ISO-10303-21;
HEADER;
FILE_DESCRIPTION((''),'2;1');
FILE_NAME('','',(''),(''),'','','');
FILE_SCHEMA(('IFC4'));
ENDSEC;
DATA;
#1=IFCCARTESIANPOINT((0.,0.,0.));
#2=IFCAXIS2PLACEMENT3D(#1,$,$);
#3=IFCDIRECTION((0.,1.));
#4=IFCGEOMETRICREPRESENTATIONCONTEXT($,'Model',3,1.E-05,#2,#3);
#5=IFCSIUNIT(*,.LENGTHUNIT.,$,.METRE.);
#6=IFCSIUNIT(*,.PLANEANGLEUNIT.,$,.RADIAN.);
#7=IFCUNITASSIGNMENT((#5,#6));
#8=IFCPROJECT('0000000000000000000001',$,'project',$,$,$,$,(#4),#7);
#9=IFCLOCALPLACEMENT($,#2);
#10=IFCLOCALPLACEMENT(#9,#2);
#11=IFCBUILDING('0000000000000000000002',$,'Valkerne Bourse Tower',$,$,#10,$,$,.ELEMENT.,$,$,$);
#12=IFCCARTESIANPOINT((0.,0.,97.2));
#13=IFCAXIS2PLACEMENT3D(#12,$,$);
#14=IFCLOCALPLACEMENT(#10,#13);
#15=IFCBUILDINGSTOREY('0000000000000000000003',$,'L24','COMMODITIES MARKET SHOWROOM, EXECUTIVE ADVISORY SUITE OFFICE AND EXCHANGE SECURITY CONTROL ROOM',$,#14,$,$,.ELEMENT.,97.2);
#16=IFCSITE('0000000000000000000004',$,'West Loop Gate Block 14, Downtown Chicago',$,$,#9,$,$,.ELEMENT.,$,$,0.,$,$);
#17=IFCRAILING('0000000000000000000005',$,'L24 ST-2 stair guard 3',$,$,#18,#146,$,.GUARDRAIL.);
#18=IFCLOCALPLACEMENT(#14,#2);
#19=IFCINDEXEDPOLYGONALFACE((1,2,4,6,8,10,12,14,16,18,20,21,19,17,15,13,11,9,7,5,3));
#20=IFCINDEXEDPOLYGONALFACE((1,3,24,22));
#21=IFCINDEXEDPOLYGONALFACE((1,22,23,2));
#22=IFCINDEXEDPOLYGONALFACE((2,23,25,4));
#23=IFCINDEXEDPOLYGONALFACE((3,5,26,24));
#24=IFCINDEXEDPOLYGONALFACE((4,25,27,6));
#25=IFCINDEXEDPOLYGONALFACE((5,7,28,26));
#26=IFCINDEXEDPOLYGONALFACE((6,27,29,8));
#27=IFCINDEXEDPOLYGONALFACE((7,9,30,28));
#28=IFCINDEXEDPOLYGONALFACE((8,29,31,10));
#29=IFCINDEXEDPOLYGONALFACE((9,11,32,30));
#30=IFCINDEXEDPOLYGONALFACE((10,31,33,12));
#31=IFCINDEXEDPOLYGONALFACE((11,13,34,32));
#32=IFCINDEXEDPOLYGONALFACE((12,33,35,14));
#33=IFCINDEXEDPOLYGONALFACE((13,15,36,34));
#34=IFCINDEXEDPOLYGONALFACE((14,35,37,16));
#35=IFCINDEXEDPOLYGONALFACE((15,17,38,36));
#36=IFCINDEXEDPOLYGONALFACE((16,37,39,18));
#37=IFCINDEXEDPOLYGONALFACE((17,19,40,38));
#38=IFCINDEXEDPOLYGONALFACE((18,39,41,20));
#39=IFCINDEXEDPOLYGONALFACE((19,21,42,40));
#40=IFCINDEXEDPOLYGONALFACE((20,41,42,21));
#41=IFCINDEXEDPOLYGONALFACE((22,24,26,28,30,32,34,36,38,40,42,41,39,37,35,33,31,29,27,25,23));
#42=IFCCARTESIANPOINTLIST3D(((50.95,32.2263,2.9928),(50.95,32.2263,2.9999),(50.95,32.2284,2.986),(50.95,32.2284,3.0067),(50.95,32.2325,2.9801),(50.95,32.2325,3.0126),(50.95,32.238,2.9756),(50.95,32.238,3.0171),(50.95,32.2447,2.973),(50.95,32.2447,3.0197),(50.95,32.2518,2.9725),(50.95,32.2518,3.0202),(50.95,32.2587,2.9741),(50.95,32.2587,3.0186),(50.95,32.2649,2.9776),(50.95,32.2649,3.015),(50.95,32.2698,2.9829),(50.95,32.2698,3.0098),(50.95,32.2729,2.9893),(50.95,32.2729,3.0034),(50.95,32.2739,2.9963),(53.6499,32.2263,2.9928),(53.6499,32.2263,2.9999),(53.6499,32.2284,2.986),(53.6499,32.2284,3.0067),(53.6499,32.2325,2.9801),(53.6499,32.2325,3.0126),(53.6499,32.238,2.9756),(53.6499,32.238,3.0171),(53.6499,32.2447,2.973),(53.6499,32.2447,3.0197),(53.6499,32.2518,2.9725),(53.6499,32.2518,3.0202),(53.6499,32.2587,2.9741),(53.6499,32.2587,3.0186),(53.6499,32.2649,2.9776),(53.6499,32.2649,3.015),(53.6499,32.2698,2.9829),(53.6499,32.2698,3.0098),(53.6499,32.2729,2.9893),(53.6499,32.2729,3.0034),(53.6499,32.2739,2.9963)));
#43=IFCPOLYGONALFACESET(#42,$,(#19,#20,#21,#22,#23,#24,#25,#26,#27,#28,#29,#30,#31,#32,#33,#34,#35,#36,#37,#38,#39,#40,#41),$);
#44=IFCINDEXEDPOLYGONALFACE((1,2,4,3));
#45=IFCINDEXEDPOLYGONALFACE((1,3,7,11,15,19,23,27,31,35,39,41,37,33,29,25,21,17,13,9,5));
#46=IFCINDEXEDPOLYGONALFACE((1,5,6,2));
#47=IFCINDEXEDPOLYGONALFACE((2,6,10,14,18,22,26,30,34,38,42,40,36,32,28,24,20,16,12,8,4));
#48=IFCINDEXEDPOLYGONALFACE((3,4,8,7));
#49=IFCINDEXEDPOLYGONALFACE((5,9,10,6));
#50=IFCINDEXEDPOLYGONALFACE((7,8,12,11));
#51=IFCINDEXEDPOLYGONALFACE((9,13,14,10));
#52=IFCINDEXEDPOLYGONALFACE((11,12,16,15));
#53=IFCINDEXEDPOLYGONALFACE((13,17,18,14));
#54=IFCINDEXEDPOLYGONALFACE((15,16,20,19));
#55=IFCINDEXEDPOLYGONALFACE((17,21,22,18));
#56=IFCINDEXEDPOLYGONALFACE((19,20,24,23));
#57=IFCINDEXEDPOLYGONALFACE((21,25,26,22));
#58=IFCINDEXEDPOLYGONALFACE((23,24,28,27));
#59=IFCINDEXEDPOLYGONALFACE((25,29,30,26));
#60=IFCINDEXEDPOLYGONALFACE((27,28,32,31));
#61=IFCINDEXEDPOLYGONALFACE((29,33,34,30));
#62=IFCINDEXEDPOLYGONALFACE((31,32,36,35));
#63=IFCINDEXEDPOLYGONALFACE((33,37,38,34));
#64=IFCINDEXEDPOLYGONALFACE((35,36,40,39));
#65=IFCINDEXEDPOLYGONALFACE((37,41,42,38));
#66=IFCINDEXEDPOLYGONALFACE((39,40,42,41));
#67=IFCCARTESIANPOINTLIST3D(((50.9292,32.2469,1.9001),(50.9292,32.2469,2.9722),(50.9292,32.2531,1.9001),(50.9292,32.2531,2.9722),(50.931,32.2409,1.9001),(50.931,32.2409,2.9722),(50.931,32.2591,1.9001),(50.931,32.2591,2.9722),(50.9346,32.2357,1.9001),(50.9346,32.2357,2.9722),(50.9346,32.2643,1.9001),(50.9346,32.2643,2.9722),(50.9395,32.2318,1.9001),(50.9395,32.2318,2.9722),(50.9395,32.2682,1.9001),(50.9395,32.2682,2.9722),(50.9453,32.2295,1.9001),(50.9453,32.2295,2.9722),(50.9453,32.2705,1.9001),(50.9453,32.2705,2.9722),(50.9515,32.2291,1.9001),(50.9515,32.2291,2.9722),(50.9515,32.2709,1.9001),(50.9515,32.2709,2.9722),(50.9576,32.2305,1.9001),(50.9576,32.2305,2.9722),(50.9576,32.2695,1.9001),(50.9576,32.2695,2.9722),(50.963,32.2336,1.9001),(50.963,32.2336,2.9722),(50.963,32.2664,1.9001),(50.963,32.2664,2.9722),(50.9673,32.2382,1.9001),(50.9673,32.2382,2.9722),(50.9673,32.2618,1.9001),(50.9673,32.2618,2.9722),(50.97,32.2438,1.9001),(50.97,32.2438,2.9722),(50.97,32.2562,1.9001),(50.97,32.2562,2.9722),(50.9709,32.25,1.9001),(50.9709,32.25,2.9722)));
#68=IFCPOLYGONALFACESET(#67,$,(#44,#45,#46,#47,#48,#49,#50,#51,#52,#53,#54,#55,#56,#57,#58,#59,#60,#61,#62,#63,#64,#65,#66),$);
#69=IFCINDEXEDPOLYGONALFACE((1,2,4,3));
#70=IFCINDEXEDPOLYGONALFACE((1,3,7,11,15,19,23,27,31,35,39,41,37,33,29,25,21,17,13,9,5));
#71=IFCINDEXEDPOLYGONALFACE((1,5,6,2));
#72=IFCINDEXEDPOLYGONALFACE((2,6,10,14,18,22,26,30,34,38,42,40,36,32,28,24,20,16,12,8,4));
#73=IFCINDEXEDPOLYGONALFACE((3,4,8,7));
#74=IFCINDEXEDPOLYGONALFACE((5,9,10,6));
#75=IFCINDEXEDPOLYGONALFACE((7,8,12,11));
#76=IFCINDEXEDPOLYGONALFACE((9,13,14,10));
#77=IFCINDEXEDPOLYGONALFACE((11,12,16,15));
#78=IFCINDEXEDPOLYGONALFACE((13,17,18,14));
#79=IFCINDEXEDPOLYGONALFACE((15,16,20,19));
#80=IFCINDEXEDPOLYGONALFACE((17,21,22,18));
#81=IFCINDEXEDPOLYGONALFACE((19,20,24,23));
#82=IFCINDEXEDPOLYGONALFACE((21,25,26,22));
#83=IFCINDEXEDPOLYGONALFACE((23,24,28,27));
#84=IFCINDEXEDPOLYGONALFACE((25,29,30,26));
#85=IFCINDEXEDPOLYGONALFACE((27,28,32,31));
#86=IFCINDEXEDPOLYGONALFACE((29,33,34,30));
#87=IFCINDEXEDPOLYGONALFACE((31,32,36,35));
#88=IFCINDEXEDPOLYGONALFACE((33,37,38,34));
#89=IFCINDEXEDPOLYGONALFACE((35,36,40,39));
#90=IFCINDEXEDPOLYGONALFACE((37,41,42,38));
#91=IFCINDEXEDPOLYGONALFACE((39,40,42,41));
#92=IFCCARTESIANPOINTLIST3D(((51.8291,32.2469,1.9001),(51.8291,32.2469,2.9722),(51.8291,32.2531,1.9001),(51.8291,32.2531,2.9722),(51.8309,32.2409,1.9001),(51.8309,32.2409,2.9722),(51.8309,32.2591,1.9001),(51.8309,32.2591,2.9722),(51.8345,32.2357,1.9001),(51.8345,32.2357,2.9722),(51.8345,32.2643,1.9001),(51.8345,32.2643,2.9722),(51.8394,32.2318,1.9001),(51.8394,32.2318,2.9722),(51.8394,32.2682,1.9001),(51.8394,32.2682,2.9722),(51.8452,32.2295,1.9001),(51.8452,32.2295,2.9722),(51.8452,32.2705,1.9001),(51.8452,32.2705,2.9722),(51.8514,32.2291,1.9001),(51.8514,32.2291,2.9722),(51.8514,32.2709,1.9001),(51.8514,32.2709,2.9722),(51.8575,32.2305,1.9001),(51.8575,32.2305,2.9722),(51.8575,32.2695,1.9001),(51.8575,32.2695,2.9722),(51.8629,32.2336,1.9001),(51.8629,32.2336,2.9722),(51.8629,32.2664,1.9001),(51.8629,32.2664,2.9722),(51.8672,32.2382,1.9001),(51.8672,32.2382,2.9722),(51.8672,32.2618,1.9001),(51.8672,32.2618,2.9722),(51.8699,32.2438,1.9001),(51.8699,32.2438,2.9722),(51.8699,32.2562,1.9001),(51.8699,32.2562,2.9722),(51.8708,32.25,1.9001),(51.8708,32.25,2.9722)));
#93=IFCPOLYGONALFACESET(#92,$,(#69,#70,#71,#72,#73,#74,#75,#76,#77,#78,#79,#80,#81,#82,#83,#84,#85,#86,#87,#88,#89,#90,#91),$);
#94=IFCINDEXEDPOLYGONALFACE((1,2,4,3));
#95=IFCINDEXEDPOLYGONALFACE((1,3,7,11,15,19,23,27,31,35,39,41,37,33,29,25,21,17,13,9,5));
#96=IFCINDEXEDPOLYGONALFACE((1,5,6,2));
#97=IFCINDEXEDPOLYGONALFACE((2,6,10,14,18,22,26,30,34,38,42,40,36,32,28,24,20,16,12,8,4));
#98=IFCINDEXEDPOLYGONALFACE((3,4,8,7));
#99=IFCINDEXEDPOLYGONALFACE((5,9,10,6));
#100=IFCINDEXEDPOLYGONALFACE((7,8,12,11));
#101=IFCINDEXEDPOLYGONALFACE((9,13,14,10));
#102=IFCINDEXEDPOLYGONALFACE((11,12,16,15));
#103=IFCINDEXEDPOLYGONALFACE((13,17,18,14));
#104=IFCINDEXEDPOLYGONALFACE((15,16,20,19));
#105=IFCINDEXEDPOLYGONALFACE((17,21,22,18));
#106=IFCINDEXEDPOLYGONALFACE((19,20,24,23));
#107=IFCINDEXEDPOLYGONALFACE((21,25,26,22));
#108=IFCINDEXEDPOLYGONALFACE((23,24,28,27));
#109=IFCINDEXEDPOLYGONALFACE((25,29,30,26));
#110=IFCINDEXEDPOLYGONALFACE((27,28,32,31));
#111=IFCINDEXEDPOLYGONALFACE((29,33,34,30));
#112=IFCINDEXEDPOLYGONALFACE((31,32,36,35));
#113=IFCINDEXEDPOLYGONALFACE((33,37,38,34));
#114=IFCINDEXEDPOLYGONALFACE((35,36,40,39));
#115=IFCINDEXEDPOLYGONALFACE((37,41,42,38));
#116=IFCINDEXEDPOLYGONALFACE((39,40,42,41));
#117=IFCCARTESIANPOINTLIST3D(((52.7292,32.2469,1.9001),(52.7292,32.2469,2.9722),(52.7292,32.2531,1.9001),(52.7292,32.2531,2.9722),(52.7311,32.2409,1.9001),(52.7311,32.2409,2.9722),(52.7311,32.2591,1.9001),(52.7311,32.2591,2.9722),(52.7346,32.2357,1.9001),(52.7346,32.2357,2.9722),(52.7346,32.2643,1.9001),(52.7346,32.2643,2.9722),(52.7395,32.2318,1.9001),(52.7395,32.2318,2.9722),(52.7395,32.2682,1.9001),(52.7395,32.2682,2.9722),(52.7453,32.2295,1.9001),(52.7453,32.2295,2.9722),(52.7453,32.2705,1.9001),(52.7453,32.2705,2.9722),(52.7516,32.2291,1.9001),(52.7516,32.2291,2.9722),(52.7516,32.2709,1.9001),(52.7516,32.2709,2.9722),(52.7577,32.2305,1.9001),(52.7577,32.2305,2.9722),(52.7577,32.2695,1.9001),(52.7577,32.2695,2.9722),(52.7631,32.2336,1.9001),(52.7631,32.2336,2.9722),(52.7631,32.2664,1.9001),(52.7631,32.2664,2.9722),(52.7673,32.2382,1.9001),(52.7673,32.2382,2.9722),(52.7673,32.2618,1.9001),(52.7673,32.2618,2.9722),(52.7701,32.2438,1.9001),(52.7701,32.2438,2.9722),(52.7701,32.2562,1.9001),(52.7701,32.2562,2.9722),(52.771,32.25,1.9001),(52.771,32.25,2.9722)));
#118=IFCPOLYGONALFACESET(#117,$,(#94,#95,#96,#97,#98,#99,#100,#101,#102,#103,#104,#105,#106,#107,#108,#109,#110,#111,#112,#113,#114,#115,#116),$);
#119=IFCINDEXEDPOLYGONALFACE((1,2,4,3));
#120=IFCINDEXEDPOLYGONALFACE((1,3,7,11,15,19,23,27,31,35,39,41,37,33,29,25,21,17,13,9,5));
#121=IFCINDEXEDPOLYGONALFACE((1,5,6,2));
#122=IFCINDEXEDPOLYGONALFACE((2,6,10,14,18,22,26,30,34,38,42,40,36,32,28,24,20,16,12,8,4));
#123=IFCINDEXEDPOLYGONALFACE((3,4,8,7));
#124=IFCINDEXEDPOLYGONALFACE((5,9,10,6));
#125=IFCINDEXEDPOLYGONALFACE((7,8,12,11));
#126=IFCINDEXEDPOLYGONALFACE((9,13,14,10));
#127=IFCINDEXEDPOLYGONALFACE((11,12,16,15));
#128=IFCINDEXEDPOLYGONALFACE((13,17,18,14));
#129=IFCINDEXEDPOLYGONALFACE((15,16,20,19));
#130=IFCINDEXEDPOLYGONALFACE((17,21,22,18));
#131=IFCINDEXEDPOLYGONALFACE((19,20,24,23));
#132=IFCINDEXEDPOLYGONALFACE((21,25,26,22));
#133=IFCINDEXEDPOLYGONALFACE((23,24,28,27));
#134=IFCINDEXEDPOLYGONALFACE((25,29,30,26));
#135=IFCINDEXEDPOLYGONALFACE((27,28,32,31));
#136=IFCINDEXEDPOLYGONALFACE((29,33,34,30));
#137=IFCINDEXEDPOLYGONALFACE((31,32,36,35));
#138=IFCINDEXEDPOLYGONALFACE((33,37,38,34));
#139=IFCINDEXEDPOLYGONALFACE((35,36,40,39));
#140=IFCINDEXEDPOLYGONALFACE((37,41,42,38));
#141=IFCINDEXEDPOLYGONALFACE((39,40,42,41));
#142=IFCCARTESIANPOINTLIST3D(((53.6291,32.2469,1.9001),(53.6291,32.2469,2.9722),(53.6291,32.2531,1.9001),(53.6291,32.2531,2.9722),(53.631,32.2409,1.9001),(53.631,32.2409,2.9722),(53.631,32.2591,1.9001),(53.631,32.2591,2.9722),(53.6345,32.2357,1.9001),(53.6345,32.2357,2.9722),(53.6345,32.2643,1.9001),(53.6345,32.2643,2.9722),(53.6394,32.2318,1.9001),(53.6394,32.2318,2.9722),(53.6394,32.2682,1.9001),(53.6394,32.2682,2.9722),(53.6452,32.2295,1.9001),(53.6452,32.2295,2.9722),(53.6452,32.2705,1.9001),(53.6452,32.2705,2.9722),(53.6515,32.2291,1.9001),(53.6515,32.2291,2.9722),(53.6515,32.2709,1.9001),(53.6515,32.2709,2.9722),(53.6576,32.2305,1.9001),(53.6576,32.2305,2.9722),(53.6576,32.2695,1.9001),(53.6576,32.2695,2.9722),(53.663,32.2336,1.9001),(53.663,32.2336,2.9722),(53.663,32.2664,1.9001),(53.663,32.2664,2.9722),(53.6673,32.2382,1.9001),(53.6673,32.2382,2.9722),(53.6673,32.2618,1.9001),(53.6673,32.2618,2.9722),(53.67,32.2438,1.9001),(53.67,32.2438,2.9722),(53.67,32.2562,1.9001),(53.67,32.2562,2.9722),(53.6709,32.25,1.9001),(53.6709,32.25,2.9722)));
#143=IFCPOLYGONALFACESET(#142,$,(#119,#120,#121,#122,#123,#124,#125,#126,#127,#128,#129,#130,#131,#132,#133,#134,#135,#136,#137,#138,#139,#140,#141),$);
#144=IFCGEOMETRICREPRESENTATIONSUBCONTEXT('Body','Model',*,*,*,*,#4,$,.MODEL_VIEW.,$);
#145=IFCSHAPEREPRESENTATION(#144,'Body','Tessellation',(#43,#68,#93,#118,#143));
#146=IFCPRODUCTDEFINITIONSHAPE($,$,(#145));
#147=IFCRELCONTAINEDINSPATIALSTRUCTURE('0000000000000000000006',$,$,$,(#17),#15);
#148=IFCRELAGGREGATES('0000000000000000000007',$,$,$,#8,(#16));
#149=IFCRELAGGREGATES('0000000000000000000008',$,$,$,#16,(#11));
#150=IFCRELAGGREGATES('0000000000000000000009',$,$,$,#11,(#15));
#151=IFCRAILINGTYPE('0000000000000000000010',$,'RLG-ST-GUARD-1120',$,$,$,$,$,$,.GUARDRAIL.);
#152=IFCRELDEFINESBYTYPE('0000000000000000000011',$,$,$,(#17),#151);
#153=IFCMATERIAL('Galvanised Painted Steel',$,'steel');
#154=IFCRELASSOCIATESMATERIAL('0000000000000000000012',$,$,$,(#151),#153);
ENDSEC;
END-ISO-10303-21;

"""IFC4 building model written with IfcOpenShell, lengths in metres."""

from ifc_helpers import new_model, si_unit, direction, frame, origin, origin_2d, place, context, subcontext, project, spatial, circle, extrude, material, type_object, element, save


model = new_model("IFC4")

# Units and contexts
model_context = context("Model", 3, precision=1e-05, world=origin(), true_north=direction((0.0, 1.0)))
body_context = subcontext(model_context, "Body", "Model", "MODEL_VIEW")
ifc_project = project(units=[si_unit("LENGTHUNIT", "METRE"), si_unit("PLANEANGLEUNIT", "RADIAN")], contexts=[model_context])

# Site, building, storey
site_placement = place(None, origin())
site = spatial("IfcSite", under=ifc_project, at=site_placement, Name="West Loop Gate Block 14, Downtown Chicago", CompositionType="ELEMENT", RefElevation=0.0)
building_placement = place(site_placement, origin())
building = spatial("IfcBuilding", under=site, at=building_placement, Name="Valkerne Bourse Tower", CompositionType="ELEMENT")
storey_placement = place(building_placement, frame((0.0, 0.0, 97.2)))
storey = spatial("IfcBuildingStorey", under=building, at=storey_placement, Name="L24", Description="COMMODITIES MARKET SHOWROOM, EXECUTIVE ADVISORY SUITE OFFICE AND EXCHANGE SECURITY CONTROL ROOM", CompositionType="ELEMENT", Elevation=97.2)

# Shared definitions
ifc_material_1 = material(Name="Galvanised Painted Steel", Category="steel")

# Railing
railing_type_1 = type_object("IfcRailingType", Name="RLG-ST-GUARD-1120", PredefinedType="GUARDRAIL", material=ifc_material_1)
railing_1_placement = place(storey_placement, frame((50.95, 32.25, 1.9001)))
element("IfcRailing", 1, at=railing_1_placement, inside=storey, type_object=railing_type_1, Name="L24 ST-2 stair guard 3", PredefinedType="GUARDRAIL", context=body_context, shape_type="SweptSolid", body=[
    extrude(circle(Radius=0.0239, at=origin_2d()), frame((0.0, 0.0, 1.0962), z_axis=(1.0, 0.0, 0.0), x_axis=(0.0, 1.0, 0.0)), (0.0, 0.0, 1.0), 2.7),
    extrude(circle(Radius=0.021, at=origin_2d()), origin(), (0.0, 0.0, 1.0), 1.072),
    extrude(circle(Radius=0.021, at=origin_2d()), frame((0.8999, 0.0, 0.0)), (0.0, 0.0, 1.0), 1.072),
    extrude(circle(Radius=0.021, at=origin_2d()), frame((1.8, 0.0, 0.0)), (0.0, 0.0, 1.0), 1.072),
    extrude(circle(Radius=0.021, at=origin_2d()), frame((2.7, 0.0, 0.0)), (0.0, 0.0, 1.0), 1.072),
])

save(model, "model.ifc")
